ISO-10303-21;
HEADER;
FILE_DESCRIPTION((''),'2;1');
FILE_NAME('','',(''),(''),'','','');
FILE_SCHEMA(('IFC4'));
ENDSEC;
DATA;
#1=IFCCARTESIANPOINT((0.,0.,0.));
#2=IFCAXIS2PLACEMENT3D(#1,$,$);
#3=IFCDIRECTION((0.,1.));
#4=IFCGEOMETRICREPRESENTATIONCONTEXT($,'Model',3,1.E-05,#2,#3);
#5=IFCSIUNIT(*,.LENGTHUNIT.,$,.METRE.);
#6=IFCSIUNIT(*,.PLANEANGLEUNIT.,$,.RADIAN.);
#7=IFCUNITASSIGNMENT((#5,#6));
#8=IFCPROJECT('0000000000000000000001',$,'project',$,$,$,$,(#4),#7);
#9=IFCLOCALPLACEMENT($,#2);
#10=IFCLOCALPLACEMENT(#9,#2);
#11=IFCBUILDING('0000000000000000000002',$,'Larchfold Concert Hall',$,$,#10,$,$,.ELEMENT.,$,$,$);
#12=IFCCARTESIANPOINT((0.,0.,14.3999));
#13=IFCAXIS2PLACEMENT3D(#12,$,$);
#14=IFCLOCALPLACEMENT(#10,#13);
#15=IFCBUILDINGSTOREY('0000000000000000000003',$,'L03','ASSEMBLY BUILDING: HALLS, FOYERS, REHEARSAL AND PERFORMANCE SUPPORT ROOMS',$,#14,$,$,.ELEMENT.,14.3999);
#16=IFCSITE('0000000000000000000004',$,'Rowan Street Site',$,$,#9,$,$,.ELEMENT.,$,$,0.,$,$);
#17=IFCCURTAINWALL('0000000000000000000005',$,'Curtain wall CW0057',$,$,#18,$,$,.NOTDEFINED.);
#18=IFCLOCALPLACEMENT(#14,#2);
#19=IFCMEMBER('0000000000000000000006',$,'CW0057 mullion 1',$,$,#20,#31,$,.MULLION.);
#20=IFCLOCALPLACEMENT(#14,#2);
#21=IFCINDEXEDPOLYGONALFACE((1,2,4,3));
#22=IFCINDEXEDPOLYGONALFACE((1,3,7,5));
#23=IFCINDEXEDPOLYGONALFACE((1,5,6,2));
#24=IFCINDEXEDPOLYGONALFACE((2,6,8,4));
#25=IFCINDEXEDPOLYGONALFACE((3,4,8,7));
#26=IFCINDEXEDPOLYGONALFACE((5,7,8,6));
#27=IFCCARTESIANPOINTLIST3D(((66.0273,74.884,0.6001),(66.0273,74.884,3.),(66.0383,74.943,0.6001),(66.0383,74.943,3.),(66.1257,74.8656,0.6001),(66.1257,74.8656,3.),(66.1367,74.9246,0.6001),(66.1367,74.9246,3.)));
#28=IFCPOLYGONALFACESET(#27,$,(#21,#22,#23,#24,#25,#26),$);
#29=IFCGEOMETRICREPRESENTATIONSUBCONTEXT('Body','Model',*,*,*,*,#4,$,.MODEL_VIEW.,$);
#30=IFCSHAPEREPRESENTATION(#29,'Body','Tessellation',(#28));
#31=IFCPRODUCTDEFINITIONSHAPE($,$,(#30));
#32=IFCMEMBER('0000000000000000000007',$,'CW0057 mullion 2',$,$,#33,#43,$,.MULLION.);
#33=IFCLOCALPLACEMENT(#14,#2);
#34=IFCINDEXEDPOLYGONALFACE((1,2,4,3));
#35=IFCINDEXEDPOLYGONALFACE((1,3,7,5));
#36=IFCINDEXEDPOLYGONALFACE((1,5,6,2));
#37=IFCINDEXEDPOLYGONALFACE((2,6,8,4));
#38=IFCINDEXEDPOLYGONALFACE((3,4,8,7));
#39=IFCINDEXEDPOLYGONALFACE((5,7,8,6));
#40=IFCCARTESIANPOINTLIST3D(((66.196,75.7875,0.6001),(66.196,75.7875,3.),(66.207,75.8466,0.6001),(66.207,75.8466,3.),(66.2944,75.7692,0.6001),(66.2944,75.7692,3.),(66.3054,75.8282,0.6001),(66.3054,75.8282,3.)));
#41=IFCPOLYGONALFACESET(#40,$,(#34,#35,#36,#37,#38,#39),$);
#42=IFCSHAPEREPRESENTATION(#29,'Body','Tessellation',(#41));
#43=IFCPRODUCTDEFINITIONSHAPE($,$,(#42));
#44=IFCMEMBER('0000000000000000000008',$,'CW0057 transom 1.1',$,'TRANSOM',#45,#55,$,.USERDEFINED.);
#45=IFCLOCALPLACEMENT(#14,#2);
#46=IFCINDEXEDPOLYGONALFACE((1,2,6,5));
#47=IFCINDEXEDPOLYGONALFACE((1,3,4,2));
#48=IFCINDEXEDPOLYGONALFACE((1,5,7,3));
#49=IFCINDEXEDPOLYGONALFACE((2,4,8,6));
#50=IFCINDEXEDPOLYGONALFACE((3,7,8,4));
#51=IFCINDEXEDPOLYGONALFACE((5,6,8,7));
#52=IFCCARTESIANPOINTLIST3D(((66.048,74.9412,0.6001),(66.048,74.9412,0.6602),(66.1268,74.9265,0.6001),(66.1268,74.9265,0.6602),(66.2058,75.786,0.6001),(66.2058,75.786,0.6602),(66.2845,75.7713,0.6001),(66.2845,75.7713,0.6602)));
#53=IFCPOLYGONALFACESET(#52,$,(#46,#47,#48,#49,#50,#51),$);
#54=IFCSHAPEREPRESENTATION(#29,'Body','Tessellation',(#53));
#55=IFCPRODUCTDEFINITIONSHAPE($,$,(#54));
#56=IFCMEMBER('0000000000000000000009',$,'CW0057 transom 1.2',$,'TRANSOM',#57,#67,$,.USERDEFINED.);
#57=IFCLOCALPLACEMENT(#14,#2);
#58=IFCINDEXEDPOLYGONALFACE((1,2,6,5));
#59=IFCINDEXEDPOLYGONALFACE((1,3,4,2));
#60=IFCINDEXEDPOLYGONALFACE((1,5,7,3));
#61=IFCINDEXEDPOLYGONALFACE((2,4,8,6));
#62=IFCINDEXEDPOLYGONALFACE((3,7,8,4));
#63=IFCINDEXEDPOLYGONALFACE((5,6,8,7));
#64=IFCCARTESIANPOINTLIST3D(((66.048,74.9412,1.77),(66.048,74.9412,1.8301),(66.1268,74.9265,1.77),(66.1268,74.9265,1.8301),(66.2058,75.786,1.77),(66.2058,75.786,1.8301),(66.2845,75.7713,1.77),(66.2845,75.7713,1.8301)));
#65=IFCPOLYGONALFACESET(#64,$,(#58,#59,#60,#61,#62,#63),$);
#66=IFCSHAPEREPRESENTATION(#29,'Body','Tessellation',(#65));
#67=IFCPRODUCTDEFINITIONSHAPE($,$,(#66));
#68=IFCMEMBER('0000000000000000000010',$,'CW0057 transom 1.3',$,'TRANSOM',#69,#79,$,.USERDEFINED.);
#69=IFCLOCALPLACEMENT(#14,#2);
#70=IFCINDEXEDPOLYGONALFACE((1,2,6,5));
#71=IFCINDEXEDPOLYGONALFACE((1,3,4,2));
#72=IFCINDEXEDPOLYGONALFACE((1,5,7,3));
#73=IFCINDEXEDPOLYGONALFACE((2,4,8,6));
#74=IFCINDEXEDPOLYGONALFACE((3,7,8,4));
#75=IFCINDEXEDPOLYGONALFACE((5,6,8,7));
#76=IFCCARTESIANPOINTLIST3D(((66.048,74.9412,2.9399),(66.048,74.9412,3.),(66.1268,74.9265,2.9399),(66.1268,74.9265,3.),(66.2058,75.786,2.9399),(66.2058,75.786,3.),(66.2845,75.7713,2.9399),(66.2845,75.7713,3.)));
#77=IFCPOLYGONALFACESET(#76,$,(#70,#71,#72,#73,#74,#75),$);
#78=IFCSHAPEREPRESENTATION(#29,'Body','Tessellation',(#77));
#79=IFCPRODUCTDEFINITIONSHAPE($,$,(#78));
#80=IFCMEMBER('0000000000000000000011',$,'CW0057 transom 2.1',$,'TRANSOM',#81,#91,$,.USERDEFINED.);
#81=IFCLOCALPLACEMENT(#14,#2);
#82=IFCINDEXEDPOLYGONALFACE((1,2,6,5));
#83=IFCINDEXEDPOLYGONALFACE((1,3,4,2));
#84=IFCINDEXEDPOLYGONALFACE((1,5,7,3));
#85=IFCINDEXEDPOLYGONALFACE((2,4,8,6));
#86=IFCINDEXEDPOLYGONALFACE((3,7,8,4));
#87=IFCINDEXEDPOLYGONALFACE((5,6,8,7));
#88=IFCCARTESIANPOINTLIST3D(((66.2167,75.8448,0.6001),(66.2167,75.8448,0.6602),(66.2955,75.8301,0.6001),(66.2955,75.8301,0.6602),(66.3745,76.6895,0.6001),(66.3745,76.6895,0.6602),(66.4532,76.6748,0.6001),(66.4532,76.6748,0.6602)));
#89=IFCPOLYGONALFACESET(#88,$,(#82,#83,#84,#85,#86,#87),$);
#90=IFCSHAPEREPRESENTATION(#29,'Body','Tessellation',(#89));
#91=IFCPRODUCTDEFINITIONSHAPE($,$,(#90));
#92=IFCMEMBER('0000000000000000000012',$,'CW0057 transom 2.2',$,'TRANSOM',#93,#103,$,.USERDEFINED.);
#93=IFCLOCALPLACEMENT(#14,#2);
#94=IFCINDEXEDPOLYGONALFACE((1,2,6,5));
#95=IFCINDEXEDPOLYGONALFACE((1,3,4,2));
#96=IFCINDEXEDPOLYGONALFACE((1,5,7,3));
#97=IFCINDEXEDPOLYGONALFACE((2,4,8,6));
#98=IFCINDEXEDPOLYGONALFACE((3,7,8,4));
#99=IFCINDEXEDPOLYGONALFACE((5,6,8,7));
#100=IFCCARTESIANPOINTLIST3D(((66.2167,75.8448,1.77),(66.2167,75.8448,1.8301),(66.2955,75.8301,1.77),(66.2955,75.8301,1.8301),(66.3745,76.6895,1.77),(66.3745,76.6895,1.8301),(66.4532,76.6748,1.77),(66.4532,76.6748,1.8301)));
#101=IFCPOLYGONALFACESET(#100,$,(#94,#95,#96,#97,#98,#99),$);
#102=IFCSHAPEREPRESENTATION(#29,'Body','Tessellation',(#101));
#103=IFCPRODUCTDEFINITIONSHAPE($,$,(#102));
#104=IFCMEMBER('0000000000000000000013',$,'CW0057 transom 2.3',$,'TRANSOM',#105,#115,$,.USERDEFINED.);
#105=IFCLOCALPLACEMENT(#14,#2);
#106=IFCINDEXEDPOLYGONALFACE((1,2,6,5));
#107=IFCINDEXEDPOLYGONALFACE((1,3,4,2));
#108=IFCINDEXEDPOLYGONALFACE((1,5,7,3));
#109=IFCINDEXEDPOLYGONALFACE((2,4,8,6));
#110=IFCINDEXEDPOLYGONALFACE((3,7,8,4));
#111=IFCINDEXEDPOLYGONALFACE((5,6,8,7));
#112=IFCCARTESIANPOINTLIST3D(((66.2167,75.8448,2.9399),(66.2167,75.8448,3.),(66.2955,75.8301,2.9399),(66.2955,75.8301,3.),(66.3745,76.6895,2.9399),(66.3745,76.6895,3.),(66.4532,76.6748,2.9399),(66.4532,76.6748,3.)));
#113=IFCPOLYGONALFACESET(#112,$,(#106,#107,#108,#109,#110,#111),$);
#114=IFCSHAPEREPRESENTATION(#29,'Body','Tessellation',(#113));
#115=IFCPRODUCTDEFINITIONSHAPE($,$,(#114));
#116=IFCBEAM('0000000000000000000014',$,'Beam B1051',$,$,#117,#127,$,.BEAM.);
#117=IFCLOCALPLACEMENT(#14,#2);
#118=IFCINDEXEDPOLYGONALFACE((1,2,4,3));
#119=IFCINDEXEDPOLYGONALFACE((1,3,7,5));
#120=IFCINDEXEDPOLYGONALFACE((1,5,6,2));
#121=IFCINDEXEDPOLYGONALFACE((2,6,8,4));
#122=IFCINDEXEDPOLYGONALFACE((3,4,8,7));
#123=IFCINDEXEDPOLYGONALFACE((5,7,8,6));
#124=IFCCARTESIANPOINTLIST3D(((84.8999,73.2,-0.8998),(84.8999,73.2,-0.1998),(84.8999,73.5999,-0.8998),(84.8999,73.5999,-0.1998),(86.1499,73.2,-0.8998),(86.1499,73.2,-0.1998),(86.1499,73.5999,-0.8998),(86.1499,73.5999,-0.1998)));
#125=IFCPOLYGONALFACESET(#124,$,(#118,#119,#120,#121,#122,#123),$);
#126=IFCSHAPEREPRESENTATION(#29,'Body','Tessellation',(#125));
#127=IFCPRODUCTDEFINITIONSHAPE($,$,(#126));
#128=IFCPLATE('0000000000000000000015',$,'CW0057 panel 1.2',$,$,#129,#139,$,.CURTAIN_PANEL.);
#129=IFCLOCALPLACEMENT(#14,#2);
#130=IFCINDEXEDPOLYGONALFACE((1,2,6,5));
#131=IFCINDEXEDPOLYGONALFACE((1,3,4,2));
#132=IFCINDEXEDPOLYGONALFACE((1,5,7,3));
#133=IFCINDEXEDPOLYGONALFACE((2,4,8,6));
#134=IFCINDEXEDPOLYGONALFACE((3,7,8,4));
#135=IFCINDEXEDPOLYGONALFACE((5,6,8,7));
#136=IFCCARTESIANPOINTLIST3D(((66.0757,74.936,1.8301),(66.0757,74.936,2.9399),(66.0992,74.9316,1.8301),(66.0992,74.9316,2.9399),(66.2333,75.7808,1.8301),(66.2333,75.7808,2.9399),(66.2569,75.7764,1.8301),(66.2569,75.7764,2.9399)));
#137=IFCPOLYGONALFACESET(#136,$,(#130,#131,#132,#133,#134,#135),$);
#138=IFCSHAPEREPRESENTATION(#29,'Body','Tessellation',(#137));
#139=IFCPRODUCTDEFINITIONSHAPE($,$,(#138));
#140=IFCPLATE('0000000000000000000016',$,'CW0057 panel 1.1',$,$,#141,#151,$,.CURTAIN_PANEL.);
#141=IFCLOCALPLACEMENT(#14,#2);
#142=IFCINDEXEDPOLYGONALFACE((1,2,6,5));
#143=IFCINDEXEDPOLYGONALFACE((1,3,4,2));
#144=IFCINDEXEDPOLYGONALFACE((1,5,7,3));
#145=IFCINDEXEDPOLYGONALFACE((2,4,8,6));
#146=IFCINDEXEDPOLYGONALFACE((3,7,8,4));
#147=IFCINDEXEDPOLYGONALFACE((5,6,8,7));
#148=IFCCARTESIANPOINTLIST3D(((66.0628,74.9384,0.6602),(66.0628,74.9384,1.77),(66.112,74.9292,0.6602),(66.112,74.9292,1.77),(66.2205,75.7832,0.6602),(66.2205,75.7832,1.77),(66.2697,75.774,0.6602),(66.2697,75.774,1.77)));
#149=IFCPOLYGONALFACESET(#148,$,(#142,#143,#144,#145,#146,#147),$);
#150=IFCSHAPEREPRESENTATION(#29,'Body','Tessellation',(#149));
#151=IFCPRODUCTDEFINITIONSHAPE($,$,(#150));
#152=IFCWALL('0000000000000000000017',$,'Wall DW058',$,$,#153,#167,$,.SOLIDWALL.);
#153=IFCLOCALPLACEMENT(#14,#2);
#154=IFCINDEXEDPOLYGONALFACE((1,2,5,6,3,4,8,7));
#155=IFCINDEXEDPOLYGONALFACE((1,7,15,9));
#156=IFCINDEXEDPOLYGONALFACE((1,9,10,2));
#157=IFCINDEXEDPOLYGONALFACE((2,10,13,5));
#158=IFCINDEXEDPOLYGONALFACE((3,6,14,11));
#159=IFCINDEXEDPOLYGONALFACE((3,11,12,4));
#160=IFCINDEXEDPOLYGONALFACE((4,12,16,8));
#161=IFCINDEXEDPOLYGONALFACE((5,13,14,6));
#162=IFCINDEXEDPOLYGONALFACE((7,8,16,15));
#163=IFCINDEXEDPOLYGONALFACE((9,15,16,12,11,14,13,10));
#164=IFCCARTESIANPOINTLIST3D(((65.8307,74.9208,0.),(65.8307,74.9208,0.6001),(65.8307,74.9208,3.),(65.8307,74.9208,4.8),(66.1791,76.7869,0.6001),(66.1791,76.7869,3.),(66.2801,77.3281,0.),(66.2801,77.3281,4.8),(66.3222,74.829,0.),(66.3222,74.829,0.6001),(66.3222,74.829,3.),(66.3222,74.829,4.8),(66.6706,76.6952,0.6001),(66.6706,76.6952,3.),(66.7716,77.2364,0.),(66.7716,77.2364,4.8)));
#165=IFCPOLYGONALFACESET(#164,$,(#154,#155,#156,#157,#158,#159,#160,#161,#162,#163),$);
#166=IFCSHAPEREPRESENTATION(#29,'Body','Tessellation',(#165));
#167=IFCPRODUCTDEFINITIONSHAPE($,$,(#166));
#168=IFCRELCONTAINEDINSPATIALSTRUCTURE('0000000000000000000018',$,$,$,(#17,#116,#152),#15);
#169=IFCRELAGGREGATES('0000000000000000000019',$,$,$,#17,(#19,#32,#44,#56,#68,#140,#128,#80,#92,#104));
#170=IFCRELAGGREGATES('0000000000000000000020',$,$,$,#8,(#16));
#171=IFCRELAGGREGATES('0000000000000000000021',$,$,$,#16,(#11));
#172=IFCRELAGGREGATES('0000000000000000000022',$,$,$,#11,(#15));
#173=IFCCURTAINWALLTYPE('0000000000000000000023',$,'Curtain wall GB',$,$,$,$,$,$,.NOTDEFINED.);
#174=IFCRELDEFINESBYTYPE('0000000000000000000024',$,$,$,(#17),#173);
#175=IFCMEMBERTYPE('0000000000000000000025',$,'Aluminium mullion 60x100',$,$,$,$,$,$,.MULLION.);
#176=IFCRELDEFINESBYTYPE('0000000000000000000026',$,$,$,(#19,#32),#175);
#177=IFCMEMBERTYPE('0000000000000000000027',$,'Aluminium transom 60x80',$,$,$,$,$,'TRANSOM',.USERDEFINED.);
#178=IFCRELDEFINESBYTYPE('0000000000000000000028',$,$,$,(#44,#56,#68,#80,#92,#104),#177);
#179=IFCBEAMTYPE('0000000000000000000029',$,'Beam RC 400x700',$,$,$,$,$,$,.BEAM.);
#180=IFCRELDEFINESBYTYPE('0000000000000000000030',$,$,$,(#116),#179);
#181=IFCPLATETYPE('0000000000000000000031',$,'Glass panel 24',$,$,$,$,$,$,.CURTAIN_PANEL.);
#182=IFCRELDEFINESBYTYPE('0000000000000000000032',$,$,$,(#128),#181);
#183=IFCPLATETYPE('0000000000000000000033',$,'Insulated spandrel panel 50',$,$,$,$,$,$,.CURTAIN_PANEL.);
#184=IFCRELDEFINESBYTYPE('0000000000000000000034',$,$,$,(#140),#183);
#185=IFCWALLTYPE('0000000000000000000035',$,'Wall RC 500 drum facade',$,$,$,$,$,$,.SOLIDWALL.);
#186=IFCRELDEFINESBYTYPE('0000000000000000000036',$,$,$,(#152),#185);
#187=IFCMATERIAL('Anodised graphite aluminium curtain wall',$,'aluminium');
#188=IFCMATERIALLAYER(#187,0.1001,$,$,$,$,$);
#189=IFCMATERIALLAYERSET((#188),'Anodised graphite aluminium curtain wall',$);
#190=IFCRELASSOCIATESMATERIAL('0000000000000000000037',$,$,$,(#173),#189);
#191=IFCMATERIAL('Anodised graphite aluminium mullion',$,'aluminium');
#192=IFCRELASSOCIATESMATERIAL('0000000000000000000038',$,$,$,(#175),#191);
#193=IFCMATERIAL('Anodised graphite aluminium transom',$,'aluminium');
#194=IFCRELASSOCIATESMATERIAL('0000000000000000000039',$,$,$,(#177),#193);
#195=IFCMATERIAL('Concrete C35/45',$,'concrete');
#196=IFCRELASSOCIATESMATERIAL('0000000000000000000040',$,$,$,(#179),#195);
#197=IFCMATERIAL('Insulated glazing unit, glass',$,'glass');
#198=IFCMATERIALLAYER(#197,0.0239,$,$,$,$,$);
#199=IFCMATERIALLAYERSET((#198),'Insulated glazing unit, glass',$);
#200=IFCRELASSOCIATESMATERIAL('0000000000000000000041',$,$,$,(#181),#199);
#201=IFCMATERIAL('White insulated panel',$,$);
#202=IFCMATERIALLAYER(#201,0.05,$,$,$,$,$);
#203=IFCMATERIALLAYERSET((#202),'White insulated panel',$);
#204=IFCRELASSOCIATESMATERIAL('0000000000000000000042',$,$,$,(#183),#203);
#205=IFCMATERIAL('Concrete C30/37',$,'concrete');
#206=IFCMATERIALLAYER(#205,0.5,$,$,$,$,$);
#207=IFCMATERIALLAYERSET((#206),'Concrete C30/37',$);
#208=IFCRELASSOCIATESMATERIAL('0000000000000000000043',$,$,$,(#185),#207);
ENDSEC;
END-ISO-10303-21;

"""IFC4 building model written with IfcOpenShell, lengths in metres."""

from ifc_helpers import new_model, si_unit, direction, frame, frame_2d, origin, origin_2d, place, context, subcontext, project, spatial, rectangle, extrude, material, layer, layer_set, material_profile, profile_set, type_object, element, fill, aggregate, save


model = new_model("IFC4")

# Units and contexts
model_context = context("Model", 3, precision=1e-05, world=origin(), true_north=direction((0.0, 1.0)))
body_context = subcontext(model_context, "Body", "Model", "MODEL_VIEW")
ifc_project = project(units=[si_unit("LENGTHUNIT", "METRE"), si_unit("PLANEANGLEUNIT", "RADIAN")], contexts=[model_context])

# Site, building, storey
site_placement = place(None, origin())
site = spatial("IfcSite", under=ifc_project, at=site_placement, Name="Rowan Street Site", CompositionType="ELEMENT", RefElevation=0.0)
building_placement = place(site_placement, origin())
building = spatial("IfcBuilding", under=site, at=building_placement, Name="Larchfold Concert Hall", CompositionType="ELEMENT")
storey_placement = place(building_placement, frame((0.0, 0.0, 14.3999)))
storey = spatial("IfcBuildingStorey", under=building, at=storey_placement, Name="L03", Description="ASSEMBLY BUILDING: HALLS, FOYERS, REHEARSAL AND PERFORMANCE SUPPORT ROOMS", CompositionType="ELEMENT", Elevation=14.3999)

# Shared definitions
ifc_material_1 = material(Name="Anodised graphite aluminium curtain wall", Category="aluminium")
ifc_layer_1 = layer(ifc_material_1, 0.1001)
ifc_layer_set_1 = layer_set([ifc_layer_1], Name="Anodised graphite aluminium curtain wall")
curtain_wall_type = type_object("IfcCurtainWallType", Name="Curtain wall GB", PredefinedType="NOTDEFINED", material=ifc_layer_set_1)
ifc_material_2 = material(Name="Anodised graphite aluminium mullion", Category="aluminium")
ifc_material_profile_1 = material_profile(ifc_material_2, rectangle(XDim=0.1001, YDim=0.0601, at=origin_2d()))
ifc_profile_set_1 = profile_set([ifc_material_profile_1], Name="Anodised graphite aluminium mullion")
member_type_1 = type_object("IfcMemberType", Name="Aluminium mullion 60x100", PredefinedType="MULLION", material=ifc_profile_set_1)

# Curtain wall, members
curtain_wall_1_placement = place(storey_placement, origin())
curtain_wall_1 = element("IfcCurtainWall", 1, at=curtain_wall_1_placement, inside=storey, type_object=curtain_wall_type, Name="Curtain wall CW0057", PredefinedType="NOTDEFINED")
member_1_placement = place(storey_placement, frame((66.082, 74.9043, 0.6001), z_axis=(0.0, 0.0, 1.0), x_axis=(-0.983022, 0.183489, 0.0)))
member_1 = element("IfcMember", 2, at=member_1_placement, type_object=member_type_1, Name="CW0057 mullion 1", PredefinedType="MULLION", context=body_context, shape_type="SweptSolid", body=[
    extrude(rectangle(XDim=0.1001, YDim=0.0601, at=origin_2d()), origin(), (0.0, 0.0, 1.0), 2.3999),
])
member_2_placement = place(storey_placement, frame((66.2507, 75.8079, 0.6001), z_axis=(0.0, 0.0, 1.0), x_axis=(-0.983022, 0.183489, 0.0)))
member_2 = element("IfcMember", 3, at=member_2_placement, type_object=member_type_1, Name="CW0057 mullion 2", PredefinedType="MULLION", context=body_context, shape_type="SweptSolid", body=[
    extrude(rectangle(XDim=0.1001, YDim=0.0601, at=origin_2d()), origin(), (0.0, 0.0, 1.0), 2.3999),
])

# Members
ifc_material_3 = material(Name="Anodised graphite aluminium transom", Category="aluminium")
ifc_material_profile_2 = material_profile(ifc_material_3, rectangle(XDim=0.0801, YDim=0.0601, at=origin_2d()))
ifc_profile_set_2 = profile_set([ifc_material_profile_2], Name="Anodised graphite aluminium transom")
member_type_2 = type_object("IfcMemberType", Name="Aluminium transom 60x80", ElementType="TRANSOM", PredefinedType="USERDEFINED", material=ifc_profile_set_2)
member_3_placement = place(storey_placement, frame((66.0874, 74.9338, 0.6301), z_axis=(0.183534, 0.983013, 0.0), x_axis=(-0.983013, 0.183534, 0.0)))
member_3 = element("IfcMember", 4, at=member_3_placement, type_object=member_type_2, Name="CW0057 transom 1.1", ObjectType="TRANSOM", PredefinedType="USERDEFINED", context=body_context, shape_type="SweptSolid", body=[
    extrude(rectangle(XDim=0.0801, YDim=0.0601, at=origin_2d()), origin(), (0.0, 0.0, 1.0), 0.8594),
])
member_4_placement = place(storey_placement, frame((66.0874, 74.9338, 1.8), z_axis=(0.183534, 0.983013, 0.0), x_axis=(-0.983013, 0.183534, 0.0)))
member_4 = element("IfcMember", 5, at=member_4_placement, type_object=member_type_2, Name="CW0057 transom 1.2", ObjectType="TRANSOM", PredefinedType="USERDEFINED", context=body_context, shape_type="SweptSolid", body=[
    extrude(rectangle(XDim=0.0801, YDim=0.0601, at=origin_2d()), origin(), (0.0, 0.0, 1.0), 0.8594),
])
member_5_placement = place(storey_placement, frame((66.0874, 74.9338, 2.97), z_axis=(0.183534, 0.983013, 0.0), x_axis=(-0.983013, 0.183534, 0.0)))
member_5 = element("IfcMember", 6, at=member_5_placement, type_object=member_type_2, Name="CW0057 transom 1.3", ObjectType="TRANSOM", PredefinedType="USERDEFINED", context=body_context, shape_type="SweptSolid", body=[
    extrude(rectangle(XDim=0.0801, YDim=0.0601, at=origin_2d()), origin(), (0.0, 0.0, 1.0), 0.8594),
])
member_6_placement = place(storey_placement, frame((66.2561, 75.8374, 0.6301), z_axis=(0.183534, 0.983013, 0.0), x_axis=(-0.983013, 0.183534, 0.0)))
member_6 = element("IfcMember", 7, at=member_6_placement, type_object=member_type_2, Name="CW0057 transom 2.1", ObjectType="TRANSOM", PredefinedType="USERDEFINED", context=body_context, shape_type="SweptSolid", body=[
    extrude(rectangle(XDim=0.0801, YDim=0.0601, at=origin_2d()), origin(), (0.0, 0.0, 1.0), 0.8594),
])
member_7_placement = place(storey_placement, frame((66.2561, 75.8374, 1.8), z_axis=(0.183534, 0.983013, 0.0), x_axis=(-0.983013, 0.183534, 0.0)))
member_7 = element("IfcMember", 8, at=member_7_placement, type_object=member_type_2, Name="CW0057 transom 2.2", ObjectType="TRANSOM", PredefinedType="USERDEFINED", context=body_context, shape_type="SweptSolid", body=[
    extrude(rectangle(XDim=0.0801, YDim=0.0601, at=origin_2d()), origin(), (0.0, 0.0, 1.0), 0.8594),
])
member_8_placement = place(storey_placement, frame((66.2561, 75.8374, 2.97), z_axis=(0.183534, 0.983013, 0.0), x_axis=(-0.983013, 0.183534, 0.0)))
member_8 = element("IfcMember", 9, at=member_8_placement, type_object=member_type_2, Name="CW0057 transom 2.3", ObjectType="TRANSOM", PredefinedType="USERDEFINED", context=body_context, shape_type="SweptSolid", body=[
    extrude(rectangle(XDim=0.0801, YDim=0.0601, at=origin_2d()), origin(), (0.0, 0.0, 1.0), 0.8594),
])

# Beam
ifc_material_4 = material(Name="Concrete C35/45", Category="concrete")
ifc_material_profile_3 = material_profile(ifc_material_4, rectangle(XDim=0.3999, YDim=0.7, at=origin_2d()))
ifc_profile_set_3 = profile_set([ifc_material_profile_3], Name="Concrete C35/45")
beam_type = type_object("IfcBeamType", Name="Beam RC 400x700", PredefinedType="BEAM", material=ifc_profile_set_3)
beam_placement = place(storey_placement, frame((84.8999, 73.3999, -0.5498), z_axis=(1.0, 0.0, 0.0), x_axis=(0.0, 1.0, 0.0)))
element("IfcBeam", 10, at=beam_placement, inside=storey, type_object=beam_type, Name="Beam B1051", PredefinedType="BEAM", context=body_context, shape_type="SweptSolid", body=[
    extrude(rectangle(XDim=0.3999, YDim=0.7, at=origin_2d()), origin(), (0.0, 0.0, 1.0), 1.25),
])

# Plates
ifc_material_5 = material(Name="Insulated glazing unit, glass", Category="glass")
ifc_layer_2 = layer(ifc_material_5, 0.0239)
ifc_layer_set_2 = layer_set([ifc_layer_2], Name="Insulated glazing unit, glass")
plate_type_1 = type_object("IfcPlateType", Name="Glass panel 24", PredefinedType="CURTAIN_PANEL", material=ifc_layer_set_2)
plate_1_placement = place(storey_placement, frame((66.1663, 75.3562, 1.8301), z_axis=(0.0, 0.0, 1.0), x_axis=(0.183489, 0.983022, 0.0)))
plate_1 = element("IfcPlate", 11, at=plate_1_placement, type_object=plate_type_1, Name="CW0057 panel 1.2", PredefinedType="CURTAIN_PANEL", context=body_context, shape_type="SweptSolid", body=[
    extrude(rectangle(XDim=0.8594, YDim=0.0239, at=origin_2d()), origin(), (0.0, 0.0, 1.0), 1.1099),
])
ifc_material_6 = material(Name="White insulated panel")
ifc_layer_3 = layer(ifc_material_6, 0.05)
ifc_layer_set_3 = layer_set([ifc_layer_3], Name="White insulated panel")
plate_type_2 = type_object("IfcPlateType", Name="Insulated spandrel panel 50", PredefinedType="CURTAIN_PANEL", material=ifc_layer_set_3)
plate_2_placement = place(storey_placement, frame((66.1663, 75.3562, 0.6602), z_axis=(0.0, 0.0, 1.0), x_axis=(0.183489, 0.983022, 0.0)))
plate_2 = element("IfcPlate", 12, at=plate_2_placement, type_object=plate_type_2, Name="CW0057 panel 1.1", PredefinedType="CURTAIN_PANEL", context=body_context, shape_type="SweptSolid", body=[
    extrude(rectangle(XDim=0.8594, YDim=0.05, at=origin_2d()), origin(), (0.0, 0.0, 1.0), 1.1099),
])
aggregate(curtain_wall_1, [member_1, member_2, member_3, member_4, member_5, plate_2, plate_1, member_6, member_7, member_8])

# Wall, opening
ifc_material_7 = material(Name="Concrete C30/37", Category="concrete")
ifc_layer_4 = layer(ifc_material_7, 0.5)
ifc_layer_set_4 = layer_set([ifc_layer_4], Name="Concrete C30/37")
wall_type_1 = type_object("IfcWallType", Name="Wall RC 500 drum facade", PredefinedType="SOLIDWALL", material=ifc_layer_set_4)
wall_1_placement = place(storey_placement, frame((66.0764, 74.8748, 0.0), z_axis=(0.0, 0.0, 1.0), x_axis=(0.183524, 0.983015, 0.0)))
wall_1 = element("IfcWall", 13, at=wall_1_placement, inside=storey, type_object=wall_type_1, Name="Wall DW058", PredefinedType="SOLIDWALL", context=body_context, shape_type="SweptSolid", body=[
    extrude(rectangle(XDim=2.449, YDim=0.5, at=frame_2d((1.2246, 0.0))), origin(), (0.0, 0.0, 1.0), 4.8),
])
opening_1_placement = place(wall_1_placement, frame((0.0, 0.0, 0.6001)))
opening_1 = element("IfcOpeningElement", 14, at=opening_1_placement, cuts=wall_1, PredefinedType="OPENING", context=body_context, shape_type="SweptSolid", body=[
    extrude(rectangle(XDim=1.8987, YDim=2.3999, at=frame_2d((0.9492, 1.2))), frame((0.0, 0.26, 0.0), z_axis=(0.0, -1.0, 0.0), x_axis=(1.0, 0.0, 0.0)), (0.0, 0.0, 1.0), 0.52),
])
fill(opening_1, curtain_wall_1)

save(model, "model.ifc")
